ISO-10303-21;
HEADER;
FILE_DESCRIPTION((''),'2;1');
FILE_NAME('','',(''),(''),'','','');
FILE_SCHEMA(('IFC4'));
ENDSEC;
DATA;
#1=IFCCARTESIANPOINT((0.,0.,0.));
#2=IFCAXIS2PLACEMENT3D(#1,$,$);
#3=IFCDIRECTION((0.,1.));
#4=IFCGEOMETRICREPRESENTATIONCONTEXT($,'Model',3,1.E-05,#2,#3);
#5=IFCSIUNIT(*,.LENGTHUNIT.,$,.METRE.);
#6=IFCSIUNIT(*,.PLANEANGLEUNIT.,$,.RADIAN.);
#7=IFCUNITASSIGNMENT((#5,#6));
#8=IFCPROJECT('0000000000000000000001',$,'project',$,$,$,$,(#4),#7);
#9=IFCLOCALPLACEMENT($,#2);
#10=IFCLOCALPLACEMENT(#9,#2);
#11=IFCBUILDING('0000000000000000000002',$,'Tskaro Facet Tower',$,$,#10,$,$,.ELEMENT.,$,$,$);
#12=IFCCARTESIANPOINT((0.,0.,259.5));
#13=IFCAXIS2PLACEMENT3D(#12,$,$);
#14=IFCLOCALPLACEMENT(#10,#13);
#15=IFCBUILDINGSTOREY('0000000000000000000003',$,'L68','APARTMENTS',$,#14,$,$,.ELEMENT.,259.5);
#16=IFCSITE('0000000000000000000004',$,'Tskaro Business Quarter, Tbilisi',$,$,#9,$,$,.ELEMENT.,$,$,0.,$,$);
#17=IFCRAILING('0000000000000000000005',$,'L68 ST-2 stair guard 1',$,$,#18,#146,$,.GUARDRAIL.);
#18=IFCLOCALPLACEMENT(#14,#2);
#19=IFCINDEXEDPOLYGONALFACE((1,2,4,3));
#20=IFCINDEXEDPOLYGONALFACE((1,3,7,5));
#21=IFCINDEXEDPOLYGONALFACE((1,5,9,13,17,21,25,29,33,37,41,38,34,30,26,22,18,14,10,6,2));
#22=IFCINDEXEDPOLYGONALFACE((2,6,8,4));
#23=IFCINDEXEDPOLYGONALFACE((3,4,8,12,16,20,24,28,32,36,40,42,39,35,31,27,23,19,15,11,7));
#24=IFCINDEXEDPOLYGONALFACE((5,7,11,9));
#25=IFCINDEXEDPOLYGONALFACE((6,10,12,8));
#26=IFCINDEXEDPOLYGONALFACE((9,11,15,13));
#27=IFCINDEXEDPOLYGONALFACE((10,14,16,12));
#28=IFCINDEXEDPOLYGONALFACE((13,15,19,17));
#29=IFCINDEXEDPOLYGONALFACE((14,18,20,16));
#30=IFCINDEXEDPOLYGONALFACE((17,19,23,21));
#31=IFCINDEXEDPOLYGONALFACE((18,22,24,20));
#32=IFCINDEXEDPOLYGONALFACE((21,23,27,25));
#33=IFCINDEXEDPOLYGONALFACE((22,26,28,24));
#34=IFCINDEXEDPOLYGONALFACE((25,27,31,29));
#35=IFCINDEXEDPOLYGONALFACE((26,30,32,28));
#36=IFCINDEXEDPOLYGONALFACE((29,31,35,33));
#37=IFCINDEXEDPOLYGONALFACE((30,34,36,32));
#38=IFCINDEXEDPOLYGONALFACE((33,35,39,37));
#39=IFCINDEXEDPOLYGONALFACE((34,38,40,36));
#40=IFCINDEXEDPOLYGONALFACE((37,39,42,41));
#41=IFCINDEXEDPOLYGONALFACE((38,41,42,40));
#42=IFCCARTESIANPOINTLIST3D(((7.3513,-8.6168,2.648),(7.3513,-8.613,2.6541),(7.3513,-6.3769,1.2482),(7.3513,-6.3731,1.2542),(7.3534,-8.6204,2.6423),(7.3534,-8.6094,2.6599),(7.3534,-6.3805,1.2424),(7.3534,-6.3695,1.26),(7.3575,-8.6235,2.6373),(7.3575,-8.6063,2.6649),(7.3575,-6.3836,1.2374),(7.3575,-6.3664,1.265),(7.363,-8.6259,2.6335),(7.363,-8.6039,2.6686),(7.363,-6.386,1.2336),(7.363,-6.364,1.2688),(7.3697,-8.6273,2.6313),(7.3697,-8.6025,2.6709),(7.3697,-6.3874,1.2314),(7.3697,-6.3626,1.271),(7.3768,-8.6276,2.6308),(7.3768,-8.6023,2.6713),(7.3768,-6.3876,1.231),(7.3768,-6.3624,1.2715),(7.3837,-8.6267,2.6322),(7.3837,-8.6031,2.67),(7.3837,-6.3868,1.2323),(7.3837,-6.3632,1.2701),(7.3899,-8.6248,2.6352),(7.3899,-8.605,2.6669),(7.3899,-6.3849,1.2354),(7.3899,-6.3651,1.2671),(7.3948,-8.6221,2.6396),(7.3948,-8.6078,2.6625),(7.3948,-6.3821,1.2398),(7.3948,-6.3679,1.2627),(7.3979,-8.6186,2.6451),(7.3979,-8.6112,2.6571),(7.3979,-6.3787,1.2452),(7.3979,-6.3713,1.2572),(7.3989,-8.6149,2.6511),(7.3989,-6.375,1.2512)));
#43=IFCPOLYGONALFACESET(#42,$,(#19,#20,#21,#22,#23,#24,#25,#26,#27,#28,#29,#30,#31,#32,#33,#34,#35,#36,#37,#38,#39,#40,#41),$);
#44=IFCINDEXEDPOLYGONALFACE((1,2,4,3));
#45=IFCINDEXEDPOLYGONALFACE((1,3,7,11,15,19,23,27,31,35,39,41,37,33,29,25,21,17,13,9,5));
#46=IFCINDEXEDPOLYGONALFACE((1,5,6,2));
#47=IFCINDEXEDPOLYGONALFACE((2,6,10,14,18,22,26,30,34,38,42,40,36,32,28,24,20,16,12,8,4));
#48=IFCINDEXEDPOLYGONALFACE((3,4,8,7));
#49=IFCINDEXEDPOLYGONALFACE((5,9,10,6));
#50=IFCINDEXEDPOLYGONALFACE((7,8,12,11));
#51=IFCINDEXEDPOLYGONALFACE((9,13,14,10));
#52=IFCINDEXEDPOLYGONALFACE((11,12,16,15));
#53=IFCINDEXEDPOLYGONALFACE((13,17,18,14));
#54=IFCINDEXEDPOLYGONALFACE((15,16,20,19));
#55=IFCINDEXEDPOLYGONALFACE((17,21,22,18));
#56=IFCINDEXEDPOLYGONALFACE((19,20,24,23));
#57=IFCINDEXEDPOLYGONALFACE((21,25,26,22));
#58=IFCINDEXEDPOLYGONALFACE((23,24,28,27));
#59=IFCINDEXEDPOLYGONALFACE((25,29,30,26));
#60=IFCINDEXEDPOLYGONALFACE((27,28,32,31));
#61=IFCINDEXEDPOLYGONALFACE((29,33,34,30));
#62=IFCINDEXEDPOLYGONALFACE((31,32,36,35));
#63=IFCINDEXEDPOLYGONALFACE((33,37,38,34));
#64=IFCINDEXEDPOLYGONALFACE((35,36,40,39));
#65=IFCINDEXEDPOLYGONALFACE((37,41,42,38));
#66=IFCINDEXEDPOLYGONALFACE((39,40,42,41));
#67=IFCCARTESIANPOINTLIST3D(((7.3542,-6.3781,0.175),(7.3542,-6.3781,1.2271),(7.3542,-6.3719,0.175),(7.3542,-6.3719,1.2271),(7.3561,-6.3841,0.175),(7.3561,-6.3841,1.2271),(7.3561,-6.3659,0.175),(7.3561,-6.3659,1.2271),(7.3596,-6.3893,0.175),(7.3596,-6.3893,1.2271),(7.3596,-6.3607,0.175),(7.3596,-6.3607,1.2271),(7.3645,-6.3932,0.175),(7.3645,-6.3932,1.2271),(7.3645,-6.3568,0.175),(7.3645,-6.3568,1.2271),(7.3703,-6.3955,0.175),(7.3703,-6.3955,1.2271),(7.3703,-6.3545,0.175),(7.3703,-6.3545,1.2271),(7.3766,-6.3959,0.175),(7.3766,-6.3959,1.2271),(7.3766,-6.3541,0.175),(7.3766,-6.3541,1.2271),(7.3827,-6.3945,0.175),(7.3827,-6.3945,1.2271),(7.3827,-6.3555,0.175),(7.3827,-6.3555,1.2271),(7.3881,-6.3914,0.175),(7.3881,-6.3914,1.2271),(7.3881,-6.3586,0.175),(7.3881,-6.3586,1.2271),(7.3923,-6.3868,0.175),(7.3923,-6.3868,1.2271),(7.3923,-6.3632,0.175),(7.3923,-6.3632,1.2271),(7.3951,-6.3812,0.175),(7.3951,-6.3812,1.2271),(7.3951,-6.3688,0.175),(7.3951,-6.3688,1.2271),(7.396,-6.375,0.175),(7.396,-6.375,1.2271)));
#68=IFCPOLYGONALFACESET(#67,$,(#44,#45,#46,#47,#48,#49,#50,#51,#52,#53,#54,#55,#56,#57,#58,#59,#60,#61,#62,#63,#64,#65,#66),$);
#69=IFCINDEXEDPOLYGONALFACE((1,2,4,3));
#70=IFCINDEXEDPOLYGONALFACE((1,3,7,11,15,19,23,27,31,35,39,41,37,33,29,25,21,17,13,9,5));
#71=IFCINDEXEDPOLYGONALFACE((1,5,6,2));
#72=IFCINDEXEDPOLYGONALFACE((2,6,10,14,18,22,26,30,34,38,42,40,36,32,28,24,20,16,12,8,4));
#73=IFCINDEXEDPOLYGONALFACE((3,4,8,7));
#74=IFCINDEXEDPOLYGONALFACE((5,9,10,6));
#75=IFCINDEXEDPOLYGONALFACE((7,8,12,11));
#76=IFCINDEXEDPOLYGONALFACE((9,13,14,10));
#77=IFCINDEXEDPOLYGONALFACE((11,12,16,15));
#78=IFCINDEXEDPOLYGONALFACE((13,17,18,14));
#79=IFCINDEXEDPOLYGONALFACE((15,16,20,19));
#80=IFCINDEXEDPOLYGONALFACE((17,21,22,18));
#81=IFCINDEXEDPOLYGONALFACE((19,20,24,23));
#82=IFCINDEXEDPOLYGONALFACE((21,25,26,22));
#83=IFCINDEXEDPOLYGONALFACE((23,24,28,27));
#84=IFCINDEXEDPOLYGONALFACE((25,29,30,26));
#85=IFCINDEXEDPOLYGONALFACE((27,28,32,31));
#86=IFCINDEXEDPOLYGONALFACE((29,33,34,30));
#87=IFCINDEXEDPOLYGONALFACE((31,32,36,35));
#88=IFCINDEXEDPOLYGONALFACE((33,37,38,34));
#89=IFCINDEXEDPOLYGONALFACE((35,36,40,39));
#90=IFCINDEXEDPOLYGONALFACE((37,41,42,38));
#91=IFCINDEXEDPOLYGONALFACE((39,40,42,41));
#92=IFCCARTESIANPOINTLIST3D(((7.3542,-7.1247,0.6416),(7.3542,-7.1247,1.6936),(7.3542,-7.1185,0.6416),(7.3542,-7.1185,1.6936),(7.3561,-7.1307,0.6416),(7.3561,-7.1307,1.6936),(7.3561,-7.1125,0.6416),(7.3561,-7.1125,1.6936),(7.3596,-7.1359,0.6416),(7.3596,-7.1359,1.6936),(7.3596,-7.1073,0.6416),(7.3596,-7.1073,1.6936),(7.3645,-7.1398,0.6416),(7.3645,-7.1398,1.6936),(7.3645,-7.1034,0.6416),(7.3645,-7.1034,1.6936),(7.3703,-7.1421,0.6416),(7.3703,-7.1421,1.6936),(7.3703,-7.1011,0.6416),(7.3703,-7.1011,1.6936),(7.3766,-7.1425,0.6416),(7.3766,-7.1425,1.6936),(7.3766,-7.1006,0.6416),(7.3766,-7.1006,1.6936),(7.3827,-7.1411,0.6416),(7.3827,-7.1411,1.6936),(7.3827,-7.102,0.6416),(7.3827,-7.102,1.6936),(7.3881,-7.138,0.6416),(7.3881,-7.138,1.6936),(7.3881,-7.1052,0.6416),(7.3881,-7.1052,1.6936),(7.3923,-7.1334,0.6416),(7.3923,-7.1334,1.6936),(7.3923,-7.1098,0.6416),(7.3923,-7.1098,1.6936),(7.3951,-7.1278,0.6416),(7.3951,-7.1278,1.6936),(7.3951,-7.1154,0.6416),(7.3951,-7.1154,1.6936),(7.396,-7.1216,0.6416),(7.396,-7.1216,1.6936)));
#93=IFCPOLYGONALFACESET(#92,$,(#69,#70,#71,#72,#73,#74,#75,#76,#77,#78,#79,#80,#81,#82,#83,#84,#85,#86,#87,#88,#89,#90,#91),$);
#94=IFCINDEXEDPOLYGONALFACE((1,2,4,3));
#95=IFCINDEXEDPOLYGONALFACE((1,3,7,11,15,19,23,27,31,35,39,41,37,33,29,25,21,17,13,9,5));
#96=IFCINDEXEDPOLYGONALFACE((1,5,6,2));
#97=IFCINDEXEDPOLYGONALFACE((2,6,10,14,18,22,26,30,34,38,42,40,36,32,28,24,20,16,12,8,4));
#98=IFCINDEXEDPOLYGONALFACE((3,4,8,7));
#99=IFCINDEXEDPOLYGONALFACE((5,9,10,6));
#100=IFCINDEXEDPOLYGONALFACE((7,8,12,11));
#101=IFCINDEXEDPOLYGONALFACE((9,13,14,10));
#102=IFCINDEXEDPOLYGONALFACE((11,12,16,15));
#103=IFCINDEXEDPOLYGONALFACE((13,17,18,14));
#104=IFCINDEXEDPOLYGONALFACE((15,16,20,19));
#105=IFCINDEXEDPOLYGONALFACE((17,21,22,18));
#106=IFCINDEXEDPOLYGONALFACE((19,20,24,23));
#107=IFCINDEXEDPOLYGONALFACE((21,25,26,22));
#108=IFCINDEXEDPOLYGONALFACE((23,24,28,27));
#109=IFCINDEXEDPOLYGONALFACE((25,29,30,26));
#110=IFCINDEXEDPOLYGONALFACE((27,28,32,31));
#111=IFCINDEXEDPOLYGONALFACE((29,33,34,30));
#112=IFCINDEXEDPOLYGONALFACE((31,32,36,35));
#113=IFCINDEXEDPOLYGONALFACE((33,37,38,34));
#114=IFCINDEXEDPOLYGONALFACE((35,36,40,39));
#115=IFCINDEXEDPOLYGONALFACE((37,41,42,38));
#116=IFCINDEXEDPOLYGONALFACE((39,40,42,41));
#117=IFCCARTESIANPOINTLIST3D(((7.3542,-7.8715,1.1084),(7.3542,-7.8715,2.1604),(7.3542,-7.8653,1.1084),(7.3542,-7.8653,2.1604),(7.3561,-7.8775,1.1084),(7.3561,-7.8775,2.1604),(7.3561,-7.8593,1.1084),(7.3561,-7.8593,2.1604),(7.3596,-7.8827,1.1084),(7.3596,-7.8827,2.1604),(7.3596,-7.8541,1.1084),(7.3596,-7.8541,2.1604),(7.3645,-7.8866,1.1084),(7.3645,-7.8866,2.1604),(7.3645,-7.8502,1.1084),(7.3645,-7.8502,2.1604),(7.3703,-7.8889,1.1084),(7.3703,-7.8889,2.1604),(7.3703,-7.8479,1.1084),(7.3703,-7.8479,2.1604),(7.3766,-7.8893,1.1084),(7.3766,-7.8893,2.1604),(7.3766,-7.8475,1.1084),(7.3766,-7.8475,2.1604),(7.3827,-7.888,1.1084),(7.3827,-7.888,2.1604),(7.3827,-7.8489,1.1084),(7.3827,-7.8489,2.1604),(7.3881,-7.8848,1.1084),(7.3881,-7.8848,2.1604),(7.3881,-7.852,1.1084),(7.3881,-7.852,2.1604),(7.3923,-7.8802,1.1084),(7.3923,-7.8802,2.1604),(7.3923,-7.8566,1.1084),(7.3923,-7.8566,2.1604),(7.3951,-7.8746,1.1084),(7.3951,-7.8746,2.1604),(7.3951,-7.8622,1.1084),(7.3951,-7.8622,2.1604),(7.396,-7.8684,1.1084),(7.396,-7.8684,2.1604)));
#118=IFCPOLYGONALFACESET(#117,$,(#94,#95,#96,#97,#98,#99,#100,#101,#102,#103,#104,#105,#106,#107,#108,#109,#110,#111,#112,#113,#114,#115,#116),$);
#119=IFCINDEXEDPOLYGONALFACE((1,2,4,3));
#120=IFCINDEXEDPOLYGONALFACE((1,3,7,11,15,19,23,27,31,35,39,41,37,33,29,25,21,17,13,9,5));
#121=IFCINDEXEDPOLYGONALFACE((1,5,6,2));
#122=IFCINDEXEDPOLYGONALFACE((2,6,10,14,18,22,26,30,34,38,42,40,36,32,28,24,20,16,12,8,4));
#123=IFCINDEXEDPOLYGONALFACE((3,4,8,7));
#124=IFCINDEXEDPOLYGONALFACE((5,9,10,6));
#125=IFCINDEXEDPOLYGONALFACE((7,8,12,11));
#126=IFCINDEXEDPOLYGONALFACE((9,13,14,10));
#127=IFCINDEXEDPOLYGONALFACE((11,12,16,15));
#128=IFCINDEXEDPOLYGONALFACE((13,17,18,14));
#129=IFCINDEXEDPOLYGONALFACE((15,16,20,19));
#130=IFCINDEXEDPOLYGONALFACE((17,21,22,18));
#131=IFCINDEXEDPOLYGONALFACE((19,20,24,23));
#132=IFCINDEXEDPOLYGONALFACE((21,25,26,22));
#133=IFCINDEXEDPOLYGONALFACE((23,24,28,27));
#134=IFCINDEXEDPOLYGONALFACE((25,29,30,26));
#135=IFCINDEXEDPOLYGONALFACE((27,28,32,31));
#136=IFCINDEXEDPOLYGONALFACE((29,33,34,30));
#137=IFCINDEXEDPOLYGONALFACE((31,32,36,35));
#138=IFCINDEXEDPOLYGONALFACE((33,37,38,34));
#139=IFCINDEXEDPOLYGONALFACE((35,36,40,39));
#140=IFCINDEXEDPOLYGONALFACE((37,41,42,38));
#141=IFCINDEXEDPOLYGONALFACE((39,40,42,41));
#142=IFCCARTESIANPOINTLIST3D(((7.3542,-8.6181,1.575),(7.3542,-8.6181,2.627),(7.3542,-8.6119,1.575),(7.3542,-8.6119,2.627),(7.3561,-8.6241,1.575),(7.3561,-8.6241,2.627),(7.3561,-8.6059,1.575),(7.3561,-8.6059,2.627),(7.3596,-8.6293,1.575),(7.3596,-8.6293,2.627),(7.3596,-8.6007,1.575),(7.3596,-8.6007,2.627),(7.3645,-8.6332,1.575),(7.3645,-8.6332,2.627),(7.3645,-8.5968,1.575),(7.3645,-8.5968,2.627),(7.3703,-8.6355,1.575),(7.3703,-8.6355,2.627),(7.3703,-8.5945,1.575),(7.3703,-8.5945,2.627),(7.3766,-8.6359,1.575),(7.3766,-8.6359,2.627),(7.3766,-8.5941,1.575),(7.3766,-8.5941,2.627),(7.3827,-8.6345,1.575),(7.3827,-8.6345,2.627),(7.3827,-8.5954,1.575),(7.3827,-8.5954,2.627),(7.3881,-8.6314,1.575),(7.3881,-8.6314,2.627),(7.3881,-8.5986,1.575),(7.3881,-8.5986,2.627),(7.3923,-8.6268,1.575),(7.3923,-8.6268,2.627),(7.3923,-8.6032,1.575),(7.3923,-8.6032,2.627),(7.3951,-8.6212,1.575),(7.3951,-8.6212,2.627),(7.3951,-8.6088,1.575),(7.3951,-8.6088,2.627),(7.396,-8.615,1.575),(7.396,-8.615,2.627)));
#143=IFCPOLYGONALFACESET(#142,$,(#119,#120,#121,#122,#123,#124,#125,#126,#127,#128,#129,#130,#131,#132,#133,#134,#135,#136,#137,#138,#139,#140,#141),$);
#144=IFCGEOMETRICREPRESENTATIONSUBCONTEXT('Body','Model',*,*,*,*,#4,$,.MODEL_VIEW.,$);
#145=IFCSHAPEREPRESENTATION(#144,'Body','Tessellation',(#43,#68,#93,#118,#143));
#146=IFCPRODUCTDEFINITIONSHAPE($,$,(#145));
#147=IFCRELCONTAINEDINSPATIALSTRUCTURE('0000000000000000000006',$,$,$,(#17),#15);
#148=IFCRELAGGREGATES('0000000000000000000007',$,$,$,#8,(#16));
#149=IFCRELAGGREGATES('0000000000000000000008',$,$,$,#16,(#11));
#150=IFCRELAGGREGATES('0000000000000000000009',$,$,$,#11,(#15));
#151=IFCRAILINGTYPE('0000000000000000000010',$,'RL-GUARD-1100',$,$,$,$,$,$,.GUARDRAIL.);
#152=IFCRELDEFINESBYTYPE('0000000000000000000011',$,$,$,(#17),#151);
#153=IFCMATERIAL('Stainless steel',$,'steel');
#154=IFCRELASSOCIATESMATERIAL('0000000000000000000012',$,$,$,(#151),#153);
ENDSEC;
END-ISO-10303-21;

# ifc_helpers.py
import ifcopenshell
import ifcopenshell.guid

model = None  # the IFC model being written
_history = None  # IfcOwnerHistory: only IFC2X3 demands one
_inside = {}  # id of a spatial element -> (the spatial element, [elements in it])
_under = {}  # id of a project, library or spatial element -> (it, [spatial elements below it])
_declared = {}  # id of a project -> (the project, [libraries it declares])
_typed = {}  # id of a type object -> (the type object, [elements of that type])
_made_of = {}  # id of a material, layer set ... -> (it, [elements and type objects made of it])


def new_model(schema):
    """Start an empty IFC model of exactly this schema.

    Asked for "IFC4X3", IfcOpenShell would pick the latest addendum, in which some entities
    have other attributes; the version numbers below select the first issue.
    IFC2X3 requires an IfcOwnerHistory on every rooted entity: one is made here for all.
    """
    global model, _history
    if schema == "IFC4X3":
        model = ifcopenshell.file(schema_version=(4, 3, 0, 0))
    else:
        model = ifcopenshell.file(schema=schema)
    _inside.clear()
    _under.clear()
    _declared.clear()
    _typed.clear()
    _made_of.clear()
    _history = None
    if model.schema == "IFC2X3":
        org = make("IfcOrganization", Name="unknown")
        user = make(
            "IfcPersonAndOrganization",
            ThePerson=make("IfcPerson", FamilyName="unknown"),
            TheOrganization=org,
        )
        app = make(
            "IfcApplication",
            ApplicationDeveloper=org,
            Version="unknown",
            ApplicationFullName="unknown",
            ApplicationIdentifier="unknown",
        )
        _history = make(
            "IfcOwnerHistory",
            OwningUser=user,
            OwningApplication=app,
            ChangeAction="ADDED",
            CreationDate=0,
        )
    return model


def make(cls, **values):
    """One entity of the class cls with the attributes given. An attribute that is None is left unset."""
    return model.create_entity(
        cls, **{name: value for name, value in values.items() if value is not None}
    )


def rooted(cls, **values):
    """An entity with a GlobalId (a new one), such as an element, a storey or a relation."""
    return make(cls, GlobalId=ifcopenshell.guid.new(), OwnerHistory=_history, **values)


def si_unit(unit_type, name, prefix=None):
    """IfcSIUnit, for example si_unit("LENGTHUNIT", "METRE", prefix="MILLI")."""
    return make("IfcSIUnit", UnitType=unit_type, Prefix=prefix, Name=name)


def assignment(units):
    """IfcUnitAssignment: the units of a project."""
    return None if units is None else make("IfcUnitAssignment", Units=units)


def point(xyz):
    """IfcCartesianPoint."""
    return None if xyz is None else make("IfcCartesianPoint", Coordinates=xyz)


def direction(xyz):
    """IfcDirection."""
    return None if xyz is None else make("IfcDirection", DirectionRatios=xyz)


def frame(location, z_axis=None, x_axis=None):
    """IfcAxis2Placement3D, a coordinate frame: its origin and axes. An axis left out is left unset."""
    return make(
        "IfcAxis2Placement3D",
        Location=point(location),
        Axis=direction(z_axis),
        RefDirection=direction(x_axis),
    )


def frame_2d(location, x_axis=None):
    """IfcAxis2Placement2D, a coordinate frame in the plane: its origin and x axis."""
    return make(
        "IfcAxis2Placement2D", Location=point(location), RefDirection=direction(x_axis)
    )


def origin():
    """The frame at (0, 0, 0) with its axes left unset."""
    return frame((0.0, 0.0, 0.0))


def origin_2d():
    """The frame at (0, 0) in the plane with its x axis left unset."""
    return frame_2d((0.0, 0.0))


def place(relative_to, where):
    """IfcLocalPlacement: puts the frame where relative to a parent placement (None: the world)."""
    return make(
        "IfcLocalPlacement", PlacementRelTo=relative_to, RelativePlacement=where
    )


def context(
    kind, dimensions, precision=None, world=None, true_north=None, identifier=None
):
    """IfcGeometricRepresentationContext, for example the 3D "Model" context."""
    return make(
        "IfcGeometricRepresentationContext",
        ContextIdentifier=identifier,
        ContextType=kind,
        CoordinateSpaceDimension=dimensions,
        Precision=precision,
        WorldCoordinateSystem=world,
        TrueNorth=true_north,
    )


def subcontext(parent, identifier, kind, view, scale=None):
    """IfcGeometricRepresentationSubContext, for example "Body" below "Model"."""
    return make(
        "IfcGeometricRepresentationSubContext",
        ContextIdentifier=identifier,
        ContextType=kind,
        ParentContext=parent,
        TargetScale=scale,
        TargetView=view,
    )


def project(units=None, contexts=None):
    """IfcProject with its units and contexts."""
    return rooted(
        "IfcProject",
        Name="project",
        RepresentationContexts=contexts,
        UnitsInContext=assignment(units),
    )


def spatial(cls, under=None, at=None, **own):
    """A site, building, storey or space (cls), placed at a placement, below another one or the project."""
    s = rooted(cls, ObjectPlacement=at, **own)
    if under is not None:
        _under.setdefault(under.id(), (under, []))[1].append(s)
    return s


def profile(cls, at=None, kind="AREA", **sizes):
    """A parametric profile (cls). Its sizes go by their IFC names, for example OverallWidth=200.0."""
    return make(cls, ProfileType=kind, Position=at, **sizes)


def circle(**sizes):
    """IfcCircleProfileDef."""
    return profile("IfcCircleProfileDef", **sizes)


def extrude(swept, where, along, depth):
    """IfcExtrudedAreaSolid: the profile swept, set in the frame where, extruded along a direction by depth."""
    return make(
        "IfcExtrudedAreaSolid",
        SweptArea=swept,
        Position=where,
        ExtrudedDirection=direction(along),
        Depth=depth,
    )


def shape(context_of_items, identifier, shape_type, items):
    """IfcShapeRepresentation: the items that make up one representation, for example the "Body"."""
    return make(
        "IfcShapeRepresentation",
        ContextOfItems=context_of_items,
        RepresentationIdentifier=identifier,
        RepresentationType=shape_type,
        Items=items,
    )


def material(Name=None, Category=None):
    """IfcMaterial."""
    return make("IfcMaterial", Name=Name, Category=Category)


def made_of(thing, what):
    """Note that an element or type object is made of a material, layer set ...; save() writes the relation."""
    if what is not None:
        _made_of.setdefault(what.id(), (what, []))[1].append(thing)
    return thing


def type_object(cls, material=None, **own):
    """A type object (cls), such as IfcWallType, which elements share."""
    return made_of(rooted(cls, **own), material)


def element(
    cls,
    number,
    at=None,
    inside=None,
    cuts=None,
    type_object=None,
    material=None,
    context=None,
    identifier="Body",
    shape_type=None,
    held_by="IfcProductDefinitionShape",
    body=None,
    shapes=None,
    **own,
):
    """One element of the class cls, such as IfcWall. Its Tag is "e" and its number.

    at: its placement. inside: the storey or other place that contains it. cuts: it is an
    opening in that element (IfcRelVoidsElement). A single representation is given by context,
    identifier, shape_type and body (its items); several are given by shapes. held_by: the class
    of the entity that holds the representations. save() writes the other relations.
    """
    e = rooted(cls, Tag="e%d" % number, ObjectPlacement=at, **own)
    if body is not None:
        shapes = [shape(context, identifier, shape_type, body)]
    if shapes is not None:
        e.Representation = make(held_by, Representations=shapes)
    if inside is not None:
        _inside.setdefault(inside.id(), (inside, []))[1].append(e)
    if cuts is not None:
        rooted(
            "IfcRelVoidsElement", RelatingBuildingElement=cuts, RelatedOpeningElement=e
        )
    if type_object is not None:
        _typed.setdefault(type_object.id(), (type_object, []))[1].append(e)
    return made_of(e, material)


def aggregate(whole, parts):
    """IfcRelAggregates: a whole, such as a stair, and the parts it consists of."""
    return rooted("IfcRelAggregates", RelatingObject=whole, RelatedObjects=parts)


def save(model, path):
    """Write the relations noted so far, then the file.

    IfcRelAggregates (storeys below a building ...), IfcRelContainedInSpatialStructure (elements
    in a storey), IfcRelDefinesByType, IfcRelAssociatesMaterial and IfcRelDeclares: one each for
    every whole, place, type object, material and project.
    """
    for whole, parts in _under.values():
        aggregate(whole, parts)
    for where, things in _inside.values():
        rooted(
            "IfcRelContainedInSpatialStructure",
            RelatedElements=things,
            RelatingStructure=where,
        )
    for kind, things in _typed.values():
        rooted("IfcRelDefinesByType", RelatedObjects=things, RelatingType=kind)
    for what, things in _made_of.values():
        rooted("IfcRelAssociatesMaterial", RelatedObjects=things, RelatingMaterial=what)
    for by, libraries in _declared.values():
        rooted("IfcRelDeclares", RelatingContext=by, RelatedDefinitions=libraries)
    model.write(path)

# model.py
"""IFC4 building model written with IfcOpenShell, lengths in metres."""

from ifc_helpers import new_model, si_unit, direction, frame, origin, origin_2d, place, context, subcontext, project, spatial, circle, extrude, material, type_object, element, save


model = new_model("IFC4")

# Units and contexts
model_context = context("Model", 3, precision=1e-05, world=origin(), true_north=direction((0.0, 1.0)))
body_context = subcontext(model_context, "Body", "Model", "MODEL_VIEW")
ifc_project = project(units=[si_unit("LENGTHUNIT", "METRE"), si_unit("PLANEANGLEUNIT", "RADIAN")], contexts=[model_context])

# Site, building, storey
site_placement = place(None, origin())
site = spatial("IfcSite", under=ifc_project, at=site_placement, Name="Tskaro Business Quarter, Tbilisi", CompositionType="ELEMENT", RefElevation=0.0)
building_placement = place(site_placement, origin())
building = spatial("IfcBuilding", under=site, at=building_placement, Name="Tskaro Facet Tower", CompositionType="ELEMENT")
storey_placement = place(building_placement, frame((0.0, 0.0, 259.5)))
storey = spatial("IfcBuildingStorey", under=building, at=storey_placement, Name="L68", Description="APARTMENTS", CompositionType="ELEMENT", Elevation=259.5)

# Railing
ifc_material_1 = material(Name="Stainless steel", Category="steel")
railing_type_1 = type_object("IfcRailingType", Name="RL-GUARD-1100", PredefinedType="GUARDRAIL", material=ifc_material_1)
railing_1_placement = place(storey_placement, frame((7.375, -6.375, 0.175)))
element("IfcRailing", 1, at=railing_1_placement, inside=storey, type_object=railing_type_1, Name="L68 ST-2 stair guard 1", PredefinedType="GUARDRAIL", context=body_context, shape_type="SweptSolid", body=[
    extrude(circle(Radius=0.0239, at=origin_2d()), frame((0.0, 0.0, 1.0762), z_axis=(0.0, -0.848014, 0.529974), x_axis=(1.0, 0.0, 0.0)), (0.0, 0.0, 1.0), 2.6414),
    extrude(circle(Radius=0.021, at=origin_2d()), origin(), (0.0, 0.0, 1.0), 1.052),
    extrude(circle(Radius=0.021, at=origin_2d()), frame((0.0, -0.7466, 0.4666)), (0.0, 0.0, 1.0), 1.052),
    extrude(circle(Radius=0.021, at=origin_2d()), frame((0.0, -1.4934, 0.9333)), (0.0, 0.0, 1.0), 1.052),
    extrude(circle(Radius=0.021, at=origin_2d()), frame((0.0, -2.24, 1.3999)), (0.0, 0.0, 1.0), 1.052),
])

save(model, "model.ifc")
